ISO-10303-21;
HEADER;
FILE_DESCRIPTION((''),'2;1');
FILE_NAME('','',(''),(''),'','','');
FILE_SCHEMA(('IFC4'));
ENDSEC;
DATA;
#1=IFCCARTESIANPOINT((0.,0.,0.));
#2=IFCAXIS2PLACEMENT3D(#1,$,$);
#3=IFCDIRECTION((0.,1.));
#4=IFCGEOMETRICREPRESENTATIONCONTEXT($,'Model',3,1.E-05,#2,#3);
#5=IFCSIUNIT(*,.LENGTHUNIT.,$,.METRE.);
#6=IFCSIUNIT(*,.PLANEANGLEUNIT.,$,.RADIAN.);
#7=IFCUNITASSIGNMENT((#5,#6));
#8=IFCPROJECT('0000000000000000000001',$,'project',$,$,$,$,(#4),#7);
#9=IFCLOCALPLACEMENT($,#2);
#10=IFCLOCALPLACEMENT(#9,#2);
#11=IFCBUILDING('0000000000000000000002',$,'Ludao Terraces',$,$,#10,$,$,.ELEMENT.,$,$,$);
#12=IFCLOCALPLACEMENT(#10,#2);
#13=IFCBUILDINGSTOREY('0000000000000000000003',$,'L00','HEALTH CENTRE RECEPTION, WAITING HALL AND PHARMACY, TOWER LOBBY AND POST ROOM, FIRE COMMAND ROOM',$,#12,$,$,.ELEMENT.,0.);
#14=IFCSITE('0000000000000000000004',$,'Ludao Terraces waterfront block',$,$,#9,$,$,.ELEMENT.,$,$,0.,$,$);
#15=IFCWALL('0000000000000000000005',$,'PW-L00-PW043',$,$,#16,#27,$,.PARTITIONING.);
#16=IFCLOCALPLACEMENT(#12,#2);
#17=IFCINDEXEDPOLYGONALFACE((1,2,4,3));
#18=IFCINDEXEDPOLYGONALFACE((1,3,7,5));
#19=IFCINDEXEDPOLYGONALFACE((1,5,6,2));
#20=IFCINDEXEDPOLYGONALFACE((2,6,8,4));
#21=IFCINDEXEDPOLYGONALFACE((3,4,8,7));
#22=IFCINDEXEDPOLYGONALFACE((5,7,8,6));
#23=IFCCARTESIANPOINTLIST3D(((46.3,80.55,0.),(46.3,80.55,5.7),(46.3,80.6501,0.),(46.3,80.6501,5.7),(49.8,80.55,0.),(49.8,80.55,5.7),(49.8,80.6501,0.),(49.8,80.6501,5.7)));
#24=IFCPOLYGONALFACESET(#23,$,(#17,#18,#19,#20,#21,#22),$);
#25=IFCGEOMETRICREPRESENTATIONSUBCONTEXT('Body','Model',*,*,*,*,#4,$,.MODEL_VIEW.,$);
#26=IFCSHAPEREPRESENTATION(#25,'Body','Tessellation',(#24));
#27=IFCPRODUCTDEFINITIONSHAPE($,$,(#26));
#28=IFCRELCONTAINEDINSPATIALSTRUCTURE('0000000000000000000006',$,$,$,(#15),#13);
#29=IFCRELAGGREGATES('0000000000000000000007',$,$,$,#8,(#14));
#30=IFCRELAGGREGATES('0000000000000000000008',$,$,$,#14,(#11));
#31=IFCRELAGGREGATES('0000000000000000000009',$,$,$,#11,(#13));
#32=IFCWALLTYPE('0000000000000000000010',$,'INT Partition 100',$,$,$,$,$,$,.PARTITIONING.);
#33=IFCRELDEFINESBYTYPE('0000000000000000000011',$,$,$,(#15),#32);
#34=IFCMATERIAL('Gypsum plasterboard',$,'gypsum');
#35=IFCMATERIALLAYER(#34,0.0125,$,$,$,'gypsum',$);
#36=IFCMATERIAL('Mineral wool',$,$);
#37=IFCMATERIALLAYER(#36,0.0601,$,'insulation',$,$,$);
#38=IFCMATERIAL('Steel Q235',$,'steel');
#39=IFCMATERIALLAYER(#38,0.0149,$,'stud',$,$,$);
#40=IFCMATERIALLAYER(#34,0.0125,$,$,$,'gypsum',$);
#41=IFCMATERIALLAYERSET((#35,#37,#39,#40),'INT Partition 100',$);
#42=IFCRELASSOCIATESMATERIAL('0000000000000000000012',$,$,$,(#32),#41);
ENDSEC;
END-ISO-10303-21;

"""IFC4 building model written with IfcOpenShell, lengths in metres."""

from ifc_helpers import new_model, si_unit, direction, frame, frame_2d, origin, place, context, subcontext, project, spatial, rectangle, extrude, material, layer, layer_set, type_object, element, save


model = new_model("IFC4")

# Units and contexts
model_context = context("Model", 3, precision=1e-05, world=origin(), true_north=direction((0.0, 1.0)))
body_context = subcontext(model_context, "Body", "Model", "MODEL_VIEW")
ifc_project = project(units=[si_unit("LENGTHUNIT", "METRE"), si_unit("PLANEANGLEUNIT", "RADIAN")], contexts=[model_context])

# Site, building, storey
site_placement = place(None, origin())
site = spatial("IfcSite", under=ifc_project, at=site_placement, Name="Ludao Terraces waterfront block", CompositionType="ELEMENT", RefElevation=0.0)
building_placement = place(site_placement, origin())
building = spatial("IfcBuilding", under=site, at=building_placement, Name="Ludao Terraces", CompositionType="ELEMENT")
storey_placement = place(building_placement, origin())
storey = spatial("IfcBuildingStorey", under=building, at=storey_placement, Name="L00", Description="HEALTH CENTRE RECEPTION, WAITING HALL AND PHARMACY, TOWER LOBBY AND POST ROOM, FIRE COMMAND ROOM", CompositionType="ELEMENT", Elevation=0.0)

# Wall
ifc_material_1 = material(Name="Mineral wool")
ifc_material_2 = material(Name="Gypsum plasterboard", Category="gypsum")
ifc_layer_1 = layer(ifc_material_2, 0.0125, Category="gypsum")
ifc_layer_2 = layer(ifc_material_1, 0.0601, Name="insulation")
ifc_material_3 = material(Name="Steel Q235", Category="steel")
ifc_layer_3 = layer(ifc_material_3, 0.0149, Name="stud")
ifc_layer_4 = layer(ifc_material_2, 0.0125, Category="gypsum")
ifc_layer_set_1 = layer_set([ifc_layer_1, ifc_layer_2, ifc_layer_3, ifc_layer_4], Name="INT Partition 100")
wall_type_1 = type_object("IfcWallType", Name="INT Partition 100", PredefinedType="PARTITIONING", material=ifc_layer_set_1)
wall_1_placement = place(storey_placement, frame((46.3, 80.6001, 0.0), z_axis=(0.0, 0.0, 1.0), x_axis=(1.0, 0.0, 0.0)))
element("IfcWall", 1, at=wall_1_placement, inside=storey, type_object=wall_type_1, Name="PW-L00-PW043", PredefinedType="PARTITIONING", context=body_context, shape_type="SweptSolid", body=[
    extrude(rectangle(XDim=3.5, YDim=0.1001, at=frame_2d((1.75, 0.0))), origin(), (0.0, 0.0, 1.0), 5.7),
])

save(model, "model.ifc")
